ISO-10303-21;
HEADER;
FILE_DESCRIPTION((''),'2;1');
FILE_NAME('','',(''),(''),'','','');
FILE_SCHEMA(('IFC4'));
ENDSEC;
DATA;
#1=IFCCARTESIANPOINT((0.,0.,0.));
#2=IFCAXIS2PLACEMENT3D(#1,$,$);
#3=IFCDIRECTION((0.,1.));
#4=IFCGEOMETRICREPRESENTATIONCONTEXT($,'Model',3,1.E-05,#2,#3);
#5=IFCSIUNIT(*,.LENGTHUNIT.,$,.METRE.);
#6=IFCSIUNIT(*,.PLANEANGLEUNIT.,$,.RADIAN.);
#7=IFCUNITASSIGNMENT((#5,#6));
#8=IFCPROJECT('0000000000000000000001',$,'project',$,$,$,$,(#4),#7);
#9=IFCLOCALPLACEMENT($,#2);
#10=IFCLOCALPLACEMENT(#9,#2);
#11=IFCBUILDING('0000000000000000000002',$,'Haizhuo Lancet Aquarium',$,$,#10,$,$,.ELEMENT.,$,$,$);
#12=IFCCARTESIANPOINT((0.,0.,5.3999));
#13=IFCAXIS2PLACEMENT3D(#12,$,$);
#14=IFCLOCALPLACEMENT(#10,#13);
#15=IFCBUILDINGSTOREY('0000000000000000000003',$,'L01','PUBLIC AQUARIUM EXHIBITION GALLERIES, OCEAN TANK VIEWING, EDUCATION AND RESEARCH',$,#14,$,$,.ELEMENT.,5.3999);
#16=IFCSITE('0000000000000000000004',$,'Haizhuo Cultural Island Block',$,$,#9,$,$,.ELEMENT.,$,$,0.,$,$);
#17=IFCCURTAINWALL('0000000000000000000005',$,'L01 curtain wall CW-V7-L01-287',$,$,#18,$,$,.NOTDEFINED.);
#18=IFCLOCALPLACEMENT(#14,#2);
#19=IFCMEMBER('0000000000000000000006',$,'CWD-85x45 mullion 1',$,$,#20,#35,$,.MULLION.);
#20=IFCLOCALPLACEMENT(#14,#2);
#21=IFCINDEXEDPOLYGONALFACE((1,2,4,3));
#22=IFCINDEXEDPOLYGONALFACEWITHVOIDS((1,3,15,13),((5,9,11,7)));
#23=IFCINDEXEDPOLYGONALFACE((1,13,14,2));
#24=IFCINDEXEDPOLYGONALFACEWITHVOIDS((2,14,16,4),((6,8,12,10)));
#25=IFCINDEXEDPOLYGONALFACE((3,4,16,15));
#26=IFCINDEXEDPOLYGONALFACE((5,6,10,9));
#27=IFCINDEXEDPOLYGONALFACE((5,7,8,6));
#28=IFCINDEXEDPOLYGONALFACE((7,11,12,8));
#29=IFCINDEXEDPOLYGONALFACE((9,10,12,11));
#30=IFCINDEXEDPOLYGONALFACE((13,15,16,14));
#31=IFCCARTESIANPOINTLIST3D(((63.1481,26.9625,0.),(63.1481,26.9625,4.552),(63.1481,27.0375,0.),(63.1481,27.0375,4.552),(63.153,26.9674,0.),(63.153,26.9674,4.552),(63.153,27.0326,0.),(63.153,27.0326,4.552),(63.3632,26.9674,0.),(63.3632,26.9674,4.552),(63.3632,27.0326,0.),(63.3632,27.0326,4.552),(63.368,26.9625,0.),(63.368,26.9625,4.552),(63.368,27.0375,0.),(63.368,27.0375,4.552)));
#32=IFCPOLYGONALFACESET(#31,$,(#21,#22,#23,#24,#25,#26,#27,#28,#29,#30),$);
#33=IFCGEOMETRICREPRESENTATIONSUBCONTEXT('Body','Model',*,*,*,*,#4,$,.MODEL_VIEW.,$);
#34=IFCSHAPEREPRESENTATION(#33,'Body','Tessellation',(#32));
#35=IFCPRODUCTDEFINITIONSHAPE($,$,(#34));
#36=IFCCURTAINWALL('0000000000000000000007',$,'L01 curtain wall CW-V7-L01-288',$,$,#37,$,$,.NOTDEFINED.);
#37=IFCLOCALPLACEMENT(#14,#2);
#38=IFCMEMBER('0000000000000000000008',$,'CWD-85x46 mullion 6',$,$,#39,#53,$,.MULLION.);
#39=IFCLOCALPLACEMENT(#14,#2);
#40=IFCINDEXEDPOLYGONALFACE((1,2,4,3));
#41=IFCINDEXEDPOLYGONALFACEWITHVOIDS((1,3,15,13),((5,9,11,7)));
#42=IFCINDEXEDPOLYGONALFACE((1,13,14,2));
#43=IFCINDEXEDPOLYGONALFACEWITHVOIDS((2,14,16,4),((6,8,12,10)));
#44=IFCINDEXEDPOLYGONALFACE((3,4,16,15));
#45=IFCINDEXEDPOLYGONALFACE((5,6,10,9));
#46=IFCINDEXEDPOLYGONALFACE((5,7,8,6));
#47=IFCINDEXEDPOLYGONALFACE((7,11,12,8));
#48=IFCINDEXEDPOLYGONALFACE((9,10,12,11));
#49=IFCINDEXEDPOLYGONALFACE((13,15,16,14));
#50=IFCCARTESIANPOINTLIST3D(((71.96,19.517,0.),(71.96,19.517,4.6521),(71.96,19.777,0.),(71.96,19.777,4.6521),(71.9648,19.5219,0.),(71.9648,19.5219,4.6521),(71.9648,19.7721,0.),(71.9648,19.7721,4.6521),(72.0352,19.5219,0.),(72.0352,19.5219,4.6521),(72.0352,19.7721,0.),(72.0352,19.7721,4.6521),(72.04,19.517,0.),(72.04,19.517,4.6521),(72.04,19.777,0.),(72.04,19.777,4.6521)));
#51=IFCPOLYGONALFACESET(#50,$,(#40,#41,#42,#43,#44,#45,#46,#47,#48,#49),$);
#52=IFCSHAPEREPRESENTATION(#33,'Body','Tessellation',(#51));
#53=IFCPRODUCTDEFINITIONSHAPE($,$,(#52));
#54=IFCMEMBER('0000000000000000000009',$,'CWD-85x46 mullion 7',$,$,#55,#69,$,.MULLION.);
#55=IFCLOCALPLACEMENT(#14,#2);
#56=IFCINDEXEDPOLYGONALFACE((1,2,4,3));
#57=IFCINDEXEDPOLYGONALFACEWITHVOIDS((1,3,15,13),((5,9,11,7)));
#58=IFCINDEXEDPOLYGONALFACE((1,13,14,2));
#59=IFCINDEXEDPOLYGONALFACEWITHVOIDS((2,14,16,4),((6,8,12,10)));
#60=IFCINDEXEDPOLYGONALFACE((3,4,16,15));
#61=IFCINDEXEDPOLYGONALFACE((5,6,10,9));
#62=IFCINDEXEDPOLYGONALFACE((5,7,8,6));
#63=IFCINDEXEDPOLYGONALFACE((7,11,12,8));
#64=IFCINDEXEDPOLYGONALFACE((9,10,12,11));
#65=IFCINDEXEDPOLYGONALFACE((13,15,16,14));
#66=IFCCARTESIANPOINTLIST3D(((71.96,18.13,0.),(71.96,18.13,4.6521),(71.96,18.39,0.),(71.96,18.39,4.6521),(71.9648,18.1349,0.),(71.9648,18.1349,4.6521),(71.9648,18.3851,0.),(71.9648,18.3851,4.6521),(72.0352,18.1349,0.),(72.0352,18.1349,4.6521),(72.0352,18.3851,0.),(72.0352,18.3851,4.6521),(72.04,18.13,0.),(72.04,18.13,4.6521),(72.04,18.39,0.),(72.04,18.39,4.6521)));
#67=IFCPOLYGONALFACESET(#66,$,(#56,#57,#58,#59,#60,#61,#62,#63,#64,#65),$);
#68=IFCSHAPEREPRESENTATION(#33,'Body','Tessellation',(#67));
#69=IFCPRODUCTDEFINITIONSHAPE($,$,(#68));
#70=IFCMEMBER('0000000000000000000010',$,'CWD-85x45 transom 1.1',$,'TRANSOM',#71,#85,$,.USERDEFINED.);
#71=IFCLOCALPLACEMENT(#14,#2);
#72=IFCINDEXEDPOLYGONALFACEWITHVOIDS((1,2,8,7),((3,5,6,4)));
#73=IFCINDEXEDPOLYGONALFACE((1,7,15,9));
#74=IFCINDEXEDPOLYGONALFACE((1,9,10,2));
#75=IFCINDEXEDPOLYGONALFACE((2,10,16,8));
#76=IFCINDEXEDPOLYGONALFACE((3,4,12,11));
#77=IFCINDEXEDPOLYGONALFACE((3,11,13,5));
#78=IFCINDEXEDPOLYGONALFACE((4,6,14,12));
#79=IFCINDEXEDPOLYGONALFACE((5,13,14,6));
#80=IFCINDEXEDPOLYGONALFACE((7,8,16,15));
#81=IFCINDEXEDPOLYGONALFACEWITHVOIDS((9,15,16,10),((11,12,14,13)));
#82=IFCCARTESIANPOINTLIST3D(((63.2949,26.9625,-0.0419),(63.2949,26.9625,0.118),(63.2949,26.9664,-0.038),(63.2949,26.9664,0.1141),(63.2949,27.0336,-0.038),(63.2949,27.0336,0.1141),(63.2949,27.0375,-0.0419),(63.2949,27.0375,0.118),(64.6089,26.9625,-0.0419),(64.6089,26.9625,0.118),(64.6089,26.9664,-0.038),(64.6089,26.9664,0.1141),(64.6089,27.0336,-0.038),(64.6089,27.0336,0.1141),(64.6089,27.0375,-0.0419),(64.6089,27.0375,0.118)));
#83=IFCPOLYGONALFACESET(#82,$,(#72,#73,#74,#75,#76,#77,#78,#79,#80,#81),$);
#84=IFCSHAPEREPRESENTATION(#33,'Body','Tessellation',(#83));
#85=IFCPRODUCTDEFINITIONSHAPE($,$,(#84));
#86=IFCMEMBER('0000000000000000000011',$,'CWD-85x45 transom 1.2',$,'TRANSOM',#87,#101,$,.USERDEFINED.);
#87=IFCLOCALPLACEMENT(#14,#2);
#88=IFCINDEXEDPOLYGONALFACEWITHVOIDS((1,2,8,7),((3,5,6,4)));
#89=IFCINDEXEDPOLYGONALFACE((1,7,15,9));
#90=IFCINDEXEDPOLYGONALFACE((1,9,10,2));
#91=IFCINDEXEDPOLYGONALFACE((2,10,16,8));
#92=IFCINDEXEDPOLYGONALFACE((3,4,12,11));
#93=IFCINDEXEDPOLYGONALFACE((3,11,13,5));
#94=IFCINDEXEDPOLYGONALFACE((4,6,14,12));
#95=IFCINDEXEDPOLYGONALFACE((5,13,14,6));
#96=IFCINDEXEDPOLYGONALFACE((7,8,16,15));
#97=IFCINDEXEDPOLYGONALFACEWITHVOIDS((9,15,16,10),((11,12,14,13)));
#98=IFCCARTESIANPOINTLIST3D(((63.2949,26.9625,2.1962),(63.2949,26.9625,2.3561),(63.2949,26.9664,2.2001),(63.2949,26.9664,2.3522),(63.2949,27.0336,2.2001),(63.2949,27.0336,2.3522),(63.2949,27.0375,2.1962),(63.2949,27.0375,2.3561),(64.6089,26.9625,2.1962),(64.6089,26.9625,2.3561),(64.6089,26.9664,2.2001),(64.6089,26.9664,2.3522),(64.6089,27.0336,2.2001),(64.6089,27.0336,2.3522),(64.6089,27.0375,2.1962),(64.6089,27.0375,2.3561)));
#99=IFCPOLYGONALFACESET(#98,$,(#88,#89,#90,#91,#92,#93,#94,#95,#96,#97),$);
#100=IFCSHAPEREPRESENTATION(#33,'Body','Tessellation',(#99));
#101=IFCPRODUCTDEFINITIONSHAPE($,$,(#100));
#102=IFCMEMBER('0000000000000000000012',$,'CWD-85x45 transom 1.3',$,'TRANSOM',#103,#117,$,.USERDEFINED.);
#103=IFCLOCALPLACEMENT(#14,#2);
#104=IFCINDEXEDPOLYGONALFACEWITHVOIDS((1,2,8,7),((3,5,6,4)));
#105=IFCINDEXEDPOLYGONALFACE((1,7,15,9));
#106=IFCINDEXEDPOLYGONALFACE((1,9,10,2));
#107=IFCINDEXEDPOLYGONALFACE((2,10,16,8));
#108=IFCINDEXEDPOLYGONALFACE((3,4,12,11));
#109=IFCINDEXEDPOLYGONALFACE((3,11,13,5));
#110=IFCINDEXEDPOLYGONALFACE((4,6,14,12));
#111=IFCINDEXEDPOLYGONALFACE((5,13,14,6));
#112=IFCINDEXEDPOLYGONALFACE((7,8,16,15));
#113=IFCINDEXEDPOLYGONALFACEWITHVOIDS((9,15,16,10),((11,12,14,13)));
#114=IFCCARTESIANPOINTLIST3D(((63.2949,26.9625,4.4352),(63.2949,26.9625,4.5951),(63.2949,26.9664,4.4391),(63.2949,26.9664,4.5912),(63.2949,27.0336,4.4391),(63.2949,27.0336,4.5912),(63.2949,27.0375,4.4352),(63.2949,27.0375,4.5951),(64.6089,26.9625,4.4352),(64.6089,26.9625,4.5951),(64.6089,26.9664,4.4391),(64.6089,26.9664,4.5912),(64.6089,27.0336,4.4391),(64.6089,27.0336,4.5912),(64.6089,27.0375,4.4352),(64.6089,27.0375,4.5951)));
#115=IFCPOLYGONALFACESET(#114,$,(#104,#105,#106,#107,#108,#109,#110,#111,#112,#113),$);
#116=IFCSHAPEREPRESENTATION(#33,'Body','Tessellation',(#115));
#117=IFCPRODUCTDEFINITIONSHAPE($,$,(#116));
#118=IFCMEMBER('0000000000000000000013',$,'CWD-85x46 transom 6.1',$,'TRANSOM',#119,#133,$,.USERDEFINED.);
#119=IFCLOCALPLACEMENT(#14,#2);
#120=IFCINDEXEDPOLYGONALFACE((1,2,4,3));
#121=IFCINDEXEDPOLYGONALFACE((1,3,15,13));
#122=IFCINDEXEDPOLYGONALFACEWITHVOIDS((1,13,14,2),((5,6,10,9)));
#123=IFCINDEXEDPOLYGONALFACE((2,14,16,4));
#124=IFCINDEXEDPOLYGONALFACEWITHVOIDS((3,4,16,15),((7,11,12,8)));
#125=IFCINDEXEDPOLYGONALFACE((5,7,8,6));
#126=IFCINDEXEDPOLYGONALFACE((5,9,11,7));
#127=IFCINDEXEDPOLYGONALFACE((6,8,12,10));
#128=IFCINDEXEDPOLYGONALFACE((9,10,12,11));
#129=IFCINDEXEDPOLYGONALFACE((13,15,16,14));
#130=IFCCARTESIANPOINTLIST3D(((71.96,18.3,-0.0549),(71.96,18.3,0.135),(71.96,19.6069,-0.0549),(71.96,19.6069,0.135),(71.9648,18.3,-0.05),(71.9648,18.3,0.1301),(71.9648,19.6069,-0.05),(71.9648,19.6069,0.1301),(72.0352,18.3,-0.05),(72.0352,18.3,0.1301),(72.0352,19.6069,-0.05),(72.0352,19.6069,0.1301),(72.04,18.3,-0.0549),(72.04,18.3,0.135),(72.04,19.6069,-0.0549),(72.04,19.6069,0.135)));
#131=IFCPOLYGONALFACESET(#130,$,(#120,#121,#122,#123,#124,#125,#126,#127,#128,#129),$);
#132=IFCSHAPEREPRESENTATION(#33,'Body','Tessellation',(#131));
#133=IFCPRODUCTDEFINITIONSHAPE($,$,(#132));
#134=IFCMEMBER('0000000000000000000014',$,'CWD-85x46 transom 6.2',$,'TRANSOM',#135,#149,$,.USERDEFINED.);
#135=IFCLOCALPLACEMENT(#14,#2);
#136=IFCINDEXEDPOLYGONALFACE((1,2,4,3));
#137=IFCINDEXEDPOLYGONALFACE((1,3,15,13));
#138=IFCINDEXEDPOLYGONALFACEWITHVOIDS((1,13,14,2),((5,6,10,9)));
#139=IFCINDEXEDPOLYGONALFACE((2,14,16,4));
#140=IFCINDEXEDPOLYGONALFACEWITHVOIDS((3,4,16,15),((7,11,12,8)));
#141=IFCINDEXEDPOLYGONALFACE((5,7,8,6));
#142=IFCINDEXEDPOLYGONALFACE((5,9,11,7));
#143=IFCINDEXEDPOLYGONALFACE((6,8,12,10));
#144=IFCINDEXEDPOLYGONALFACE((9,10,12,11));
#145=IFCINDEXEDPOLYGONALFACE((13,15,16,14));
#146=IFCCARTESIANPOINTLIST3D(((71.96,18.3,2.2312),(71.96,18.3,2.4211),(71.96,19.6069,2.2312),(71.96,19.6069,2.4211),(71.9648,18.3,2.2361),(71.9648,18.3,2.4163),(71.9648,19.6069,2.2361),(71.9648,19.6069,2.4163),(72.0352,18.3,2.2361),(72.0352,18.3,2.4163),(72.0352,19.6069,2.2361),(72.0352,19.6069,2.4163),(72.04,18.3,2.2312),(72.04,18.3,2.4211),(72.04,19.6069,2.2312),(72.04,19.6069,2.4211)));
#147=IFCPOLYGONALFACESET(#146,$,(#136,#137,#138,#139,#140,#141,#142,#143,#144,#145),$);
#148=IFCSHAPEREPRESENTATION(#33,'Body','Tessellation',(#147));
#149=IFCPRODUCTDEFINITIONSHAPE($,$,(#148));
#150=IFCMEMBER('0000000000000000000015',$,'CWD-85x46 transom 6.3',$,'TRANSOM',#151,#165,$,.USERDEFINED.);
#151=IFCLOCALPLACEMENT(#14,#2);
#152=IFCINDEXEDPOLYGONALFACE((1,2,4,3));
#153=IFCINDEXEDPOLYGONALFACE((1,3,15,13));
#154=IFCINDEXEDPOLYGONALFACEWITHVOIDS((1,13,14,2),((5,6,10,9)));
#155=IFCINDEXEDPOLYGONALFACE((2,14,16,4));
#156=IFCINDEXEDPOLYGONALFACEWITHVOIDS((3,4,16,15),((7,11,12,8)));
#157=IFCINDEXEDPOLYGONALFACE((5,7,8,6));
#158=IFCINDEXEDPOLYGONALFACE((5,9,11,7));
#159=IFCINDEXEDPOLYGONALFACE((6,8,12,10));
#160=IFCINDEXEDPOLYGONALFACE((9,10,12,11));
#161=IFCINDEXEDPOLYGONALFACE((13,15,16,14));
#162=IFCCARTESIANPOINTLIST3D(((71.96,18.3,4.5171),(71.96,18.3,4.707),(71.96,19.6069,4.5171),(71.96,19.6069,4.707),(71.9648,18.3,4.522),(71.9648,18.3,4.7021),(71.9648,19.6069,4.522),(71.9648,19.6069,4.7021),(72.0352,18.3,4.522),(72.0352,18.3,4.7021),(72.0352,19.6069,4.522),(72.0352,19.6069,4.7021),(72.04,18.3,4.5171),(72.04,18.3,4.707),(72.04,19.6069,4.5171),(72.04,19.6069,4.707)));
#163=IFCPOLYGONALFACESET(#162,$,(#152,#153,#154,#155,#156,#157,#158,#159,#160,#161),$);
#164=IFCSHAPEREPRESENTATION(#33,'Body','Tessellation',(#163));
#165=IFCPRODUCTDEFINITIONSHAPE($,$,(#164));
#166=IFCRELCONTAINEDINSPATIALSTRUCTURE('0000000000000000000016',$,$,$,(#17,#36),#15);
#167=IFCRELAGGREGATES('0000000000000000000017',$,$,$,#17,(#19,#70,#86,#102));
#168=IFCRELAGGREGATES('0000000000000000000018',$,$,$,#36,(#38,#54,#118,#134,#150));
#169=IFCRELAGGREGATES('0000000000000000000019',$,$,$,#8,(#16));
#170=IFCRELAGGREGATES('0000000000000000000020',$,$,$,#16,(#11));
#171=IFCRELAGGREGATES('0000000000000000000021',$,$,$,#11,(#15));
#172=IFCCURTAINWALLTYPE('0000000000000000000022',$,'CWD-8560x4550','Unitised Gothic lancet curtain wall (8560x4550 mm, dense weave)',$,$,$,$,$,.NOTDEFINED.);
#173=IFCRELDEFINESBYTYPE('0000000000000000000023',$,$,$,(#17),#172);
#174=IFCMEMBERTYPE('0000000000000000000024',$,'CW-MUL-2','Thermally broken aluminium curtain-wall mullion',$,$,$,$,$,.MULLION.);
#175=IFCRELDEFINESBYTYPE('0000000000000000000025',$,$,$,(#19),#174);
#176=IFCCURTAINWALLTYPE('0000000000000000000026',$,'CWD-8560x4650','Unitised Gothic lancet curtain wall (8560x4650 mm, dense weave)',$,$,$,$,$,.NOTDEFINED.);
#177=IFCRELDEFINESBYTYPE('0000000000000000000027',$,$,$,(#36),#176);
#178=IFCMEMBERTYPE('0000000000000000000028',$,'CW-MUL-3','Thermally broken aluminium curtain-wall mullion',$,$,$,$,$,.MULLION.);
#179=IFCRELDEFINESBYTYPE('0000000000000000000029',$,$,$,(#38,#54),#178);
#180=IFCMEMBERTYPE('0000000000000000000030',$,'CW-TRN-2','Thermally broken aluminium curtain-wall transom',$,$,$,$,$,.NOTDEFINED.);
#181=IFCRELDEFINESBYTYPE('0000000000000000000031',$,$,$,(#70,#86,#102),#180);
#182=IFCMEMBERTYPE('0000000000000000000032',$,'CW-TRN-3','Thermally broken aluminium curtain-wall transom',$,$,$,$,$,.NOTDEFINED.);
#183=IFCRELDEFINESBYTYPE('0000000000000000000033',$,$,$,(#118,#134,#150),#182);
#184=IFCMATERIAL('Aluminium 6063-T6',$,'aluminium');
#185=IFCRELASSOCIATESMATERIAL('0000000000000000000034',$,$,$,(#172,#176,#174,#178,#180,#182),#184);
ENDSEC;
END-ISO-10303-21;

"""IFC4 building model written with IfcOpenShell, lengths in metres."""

from ifc_helpers import new_model, si_unit, direction, frame, origin, origin_2d, place, context, subcontext, project, spatial, hollow_rectangle, extrude, material, material_profile, profile_set, type_object, element, aggregate, save


model = new_model("IFC4")

# Units and contexts
model_context = context("Model", 3, precision=1e-05, world=origin(), true_north=direction((0.0, 1.0)))
body_context = subcontext(model_context, "Body", "Model", "MODEL_VIEW")
ifc_project = project(units=[si_unit("LENGTHUNIT", "METRE"), si_unit("PLANEANGLEUNIT", "RADIAN")], contexts=[model_context])

# Site, building, storey
site_placement = place(None, origin())
site = spatial("IfcSite", under=ifc_project, at=site_placement, Name="Haizhuo Cultural Island Block", CompositionType="ELEMENT", RefElevation=0.0)
building_placement = place(site_placement, origin())
building = spatial("IfcBuilding", under=site, at=building_placement, Name="Haizhuo Lancet Aquarium", CompositionType="ELEMENT")
storey_placement = place(building_placement, frame((0.0, 0.0, 5.3999)))
storey = spatial("IfcBuildingStorey", under=building, at=storey_placement, Name="L01", Description="PUBLIC AQUARIUM EXHIBITION GALLERIES, OCEAN TANK VIEWING, EDUCATION AND RESEARCH", CompositionType="ELEMENT", Elevation=5.3999)

# Curtain wall, member
ifc_material_1 = material(Name="Aluminium 6063-T6", Category="aluminium")
curtain_wall_type_1 = type_object("IfcCurtainWallType", Name="CWD-8560x4550", Description="Unitised Gothic lancet curtain wall (8560x4550 mm, dense weave)", PredefinedType="NOTDEFINED", material=ifc_material_1)
curtain_wall_1_placement = place(storey_placement, origin())
curtain_wall_1 = element("IfcCurtainWall", 1, at=curtain_wall_1_placement, inside=storey, type_object=curtain_wall_type_1, Name="L01 curtain wall CW-V7-L01-287", PredefinedType="NOTDEFINED")
ifc_material_profile_1 = material_profile(ifc_material_1, hollow_rectangle(XDim=0.075, YDim=0.22, WallThickness=0.0049, at=origin_2d()), Name="ALU-M 75x220x5")
ifc_profile_set_1 = profile_set([ifc_material_profile_1], Name="Aluminium 6063-T6")
member_type_1 = type_object("IfcMemberType", Name="CW-MUL-2", Description="Thermally broken aluminium curtain-wall mullion", PredefinedType="MULLION", material=ifc_profile_set_1)
member_1_placement = place(storey_placement, frame((63.2581, 27.0, 0.0), z_axis=(0.0, 0.0, 1.0), x_axis=(0.0, 1.0, 0.0)))
member_1 = element("IfcMember", 2, at=member_1_placement, type_object=member_type_1, Name="CWD-85x45 mullion 1", PredefinedType="MULLION", context=body_context, shape_type="SweptSolid", body=[
    extrude(hollow_rectangle(XDim=0.075, YDim=0.22, WallThickness=0.0049, at=origin_2d()), origin(), (0.0, 0.0, 1.0), 4.552),
])

# Curtain wall, members
curtain_wall_type_2 = type_object("IfcCurtainWallType", Name="CWD-8560x4650", Description="Unitised Gothic lancet curtain wall (8560x4650 mm, dense weave)", PredefinedType="NOTDEFINED", material=ifc_material_1)
curtain_wall_2_placement = place(storey_placement, origin())
curtain_wall_2 = element("IfcCurtainWall", 3, at=curtain_wall_2_placement, inside=storey, type_object=curtain_wall_type_2, Name="L01 curtain wall CW-V7-L01-288", PredefinedType="NOTDEFINED")
ifc_material_profile_2 = material_profile(ifc_material_1, hollow_rectangle(XDim=0.0801, YDim=0.26, WallThickness=0.0049, at=origin_2d()), Name="ALU-M 80x260x5")
ifc_profile_set_2 = profile_set([ifc_material_profile_2], Name="Aluminium 6063-T6")
member_type_2 = type_object("IfcMemberType", Name="CW-MUL-3", Description="Thermally broken aluminium curtain-wall mullion", PredefinedType="MULLION", material=ifc_profile_set_2)
member_2_placement = place(storey_placement, frame((72.0, 19.647, 0.0), z_axis=(0.0, 0.0, 1.0), x_axis=(1.0, 0.0, 0.0)))
member_2 = element("IfcMember", 4, at=member_2_placement, type_object=member_type_2, Name="CWD-85x46 mullion 6", PredefinedType="MULLION", context=body_context, shape_type="SweptSolid", body=[
    extrude(hollow_rectangle(XDim=0.0801, YDim=0.26, WallThickness=0.0049, at=origin_2d()), origin(), (0.0, 0.0, 1.0), 4.6521),
])
member_3_placement = place(storey_placement, frame((72.0, 18.26, 0.0), z_axis=(0.0, 0.0, 1.0), x_axis=(1.0, 0.0, 0.0)))
member_3 = element("IfcMember", 5, at=member_3_placement, type_object=member_type_2, Name="CWD-85x46 mullion 7", PredefinedType="MULLION", context=body_context, shape_type="SweptSolid", body=[
    extrude(hollow_rectangle(XDim=0.0801, YDim=0.26, WallThickness=0.0049, at=origin_2d()), origin(), (0.0, 0.0, 1.0), 4.6521),
])

# Members
ifc_material_profile_3 = material_profile(ifc_material_1, hollow_rectangle(XDim=0.075, YDim=0.1599, WallThickness=0.0039, at=origin_2d()), Name="ALU-T 75x160x4")
ifc_profile_set_3 = profile_set([ifc_material_profile_3], Name="Aluminium 6063-T6")
member_type_3 = type_object("IfcMemberType", Name="CW-TRN-2", Description="Thermally broken aluminium curtain-wall transom", PredefinedType="NOTDEFINED", material=ifc_profile_set_3)
member_4_placement = place(storey_placement, frame((63.2949, 27.0, 0.0381), z_axis=(1.0, 0.0, 0.0), x_axis=(0.0, 1.0, 0.0)))
member_4 = element("IfcMember", 6, at=member_4_placement, type_object=member_type_3, Name="CWD-85x45 transom 1.1", ObjectType="TRANSOM", PredefinedType="USERDEFINED", context=body_context, shape_type="SweptSolid", body=[
    extrude(hollow_rectangle(XDim=0.075, YDim=0.1599, WallThickness=0.0039, at=origin_2d()), origin(), (0.0, 0.0, 1.0), 1.314),
])
member_5_placement = place(storey_placement, frame((63.2949, 27.0, 2.2761), z_axis=(1.0, 0.0, 0.0), x_axis=(0.0, 1.0, 0.0)))
member_5 = element("IfcMember", 7, at=member_5_placement, type_object=member_type_3, Name="CWD-85x45 transom 1.2", ObjectType="TRANSOM", PredefinedType="USERDEFINED", context=body_context, shape_type="SweptSolid", body=[
    extrude(hollow_rectangle(XDim=0.075, YDim=0.1599, WallThickness=0.0039, at=origin_2d()), origin(), (0.0, 0.0, 1.0), 1.314),
])
member_6_placement = place(storey_placement, frame((63.2949, 27.0, 4.5151), z_axis=(1.0, 0.0, 0.0), x_axis=(0.0, 1.0, 0.0)))
member_6 = element("IfcMember", 8, at=member_6_placement, type_object=member_type_3, Name="CWD-85x45 transom 1.3", ObjectType="TRANSOM", PredefinedType="USERDEFINED", context=body_context, shape_type="SweptSolid", body=[
    extrude(hollow_rectangle(XDim=0.075, YDim=0.1599, WallThickness=0.0039, at=origin_2d()), origin(), (0.0, 0.0, 1.0), 1.314),
])
aggregate(curtain_wall_1, [member_1, member_4, member_5, member_6])
ifc_material_profile_4 = material_profile(ifc_material_1, hollow_rectangle(XDim=0.0801, YDim=0.1899, WallThickness=0.0049, at=origin_2d()), Name="ALU-T 80x190x5")
ifc_profile_set_4 = profile_set([ifc_material_profile_4], Name="Aluminium 6063-T6")
member_type_4 = type_object("IfcMemberType", Name="CW-TRN-3", Description="Thermally broken aluminium curtain-wall transom", PredefinedType="NOTDEFINED", material=ifc_profile_set_4)
member_7_placement = place(storey_placement, frame((72.0, 19.6069, 0.04), z_axis=(0.0, -1.0, 0.0), x_axis=(1.0, 0.0, 0.0)))
member_7 = element("IfcMember", 9, at=member_7_placement, type_object=member_type_4, Name="CWD-85x46 transom 6.1", ObjectType="TRANSOM", PredefinedType="USERDEFINED", context=body_context, shape_type="SweptSolid", body=[
    extrude(hollow_rectangle(XDim=0.0801, YDim=0.1899, WallThickness=0.0049, at=origin_2d()), origin(), (0.0, 0.0, 1.0), 1.3069),
])
member_8_placement = place(storey_placement, frame((72.0, 19.6069, 2.3262), z_axis=(0.0, -1.0, 0.0), x_axis=(1.0, 0.0, 0.0)))
member_8 = element("IfcMember", 10, at=member_8_placement, type_object=member_type_4, Name="CWD-85x46 transom 6.2", ObjectType="TRANSOM", PredefinedType="USERDEFINED", context=body_context, shape_type="SweptSolid", body=[
    extrude(hollow_rectangle(XDim=0.0801, YDim=0.1899, WallThickness=0.0049, at=origin_2d()), origin(), (0.0, 0.0, 1.0), 1.3069),
])
member_9_placement = place(storey_placement, frame((72.0, 19.6069, 4.6121), z_axis=(0.0, -1.0, 0.0), x_axis=(1.0, 0.0, 0.0)))
member_9 = element("IfcMember", 11, at=member_9_placement, type_object=member_type_4, Name="CWD-85x46 transom 6.3", ObjectType="TRANSOM", PredefinedType="USERDEFINED", context=body_context, shape_type="SweptSolid", body=[
    extrude(hollow_rectangle(XDim=0.0801, YDim=0.1899, WallThickness=0.0049, at=origin_2d()), origin(), (0.0, 0.0, 1.0), 1.3069),
])

aggregate(curtain_wall_2, [member_2, member_3, member_7, member_8, member_9])

save(model, "model.ifc")
